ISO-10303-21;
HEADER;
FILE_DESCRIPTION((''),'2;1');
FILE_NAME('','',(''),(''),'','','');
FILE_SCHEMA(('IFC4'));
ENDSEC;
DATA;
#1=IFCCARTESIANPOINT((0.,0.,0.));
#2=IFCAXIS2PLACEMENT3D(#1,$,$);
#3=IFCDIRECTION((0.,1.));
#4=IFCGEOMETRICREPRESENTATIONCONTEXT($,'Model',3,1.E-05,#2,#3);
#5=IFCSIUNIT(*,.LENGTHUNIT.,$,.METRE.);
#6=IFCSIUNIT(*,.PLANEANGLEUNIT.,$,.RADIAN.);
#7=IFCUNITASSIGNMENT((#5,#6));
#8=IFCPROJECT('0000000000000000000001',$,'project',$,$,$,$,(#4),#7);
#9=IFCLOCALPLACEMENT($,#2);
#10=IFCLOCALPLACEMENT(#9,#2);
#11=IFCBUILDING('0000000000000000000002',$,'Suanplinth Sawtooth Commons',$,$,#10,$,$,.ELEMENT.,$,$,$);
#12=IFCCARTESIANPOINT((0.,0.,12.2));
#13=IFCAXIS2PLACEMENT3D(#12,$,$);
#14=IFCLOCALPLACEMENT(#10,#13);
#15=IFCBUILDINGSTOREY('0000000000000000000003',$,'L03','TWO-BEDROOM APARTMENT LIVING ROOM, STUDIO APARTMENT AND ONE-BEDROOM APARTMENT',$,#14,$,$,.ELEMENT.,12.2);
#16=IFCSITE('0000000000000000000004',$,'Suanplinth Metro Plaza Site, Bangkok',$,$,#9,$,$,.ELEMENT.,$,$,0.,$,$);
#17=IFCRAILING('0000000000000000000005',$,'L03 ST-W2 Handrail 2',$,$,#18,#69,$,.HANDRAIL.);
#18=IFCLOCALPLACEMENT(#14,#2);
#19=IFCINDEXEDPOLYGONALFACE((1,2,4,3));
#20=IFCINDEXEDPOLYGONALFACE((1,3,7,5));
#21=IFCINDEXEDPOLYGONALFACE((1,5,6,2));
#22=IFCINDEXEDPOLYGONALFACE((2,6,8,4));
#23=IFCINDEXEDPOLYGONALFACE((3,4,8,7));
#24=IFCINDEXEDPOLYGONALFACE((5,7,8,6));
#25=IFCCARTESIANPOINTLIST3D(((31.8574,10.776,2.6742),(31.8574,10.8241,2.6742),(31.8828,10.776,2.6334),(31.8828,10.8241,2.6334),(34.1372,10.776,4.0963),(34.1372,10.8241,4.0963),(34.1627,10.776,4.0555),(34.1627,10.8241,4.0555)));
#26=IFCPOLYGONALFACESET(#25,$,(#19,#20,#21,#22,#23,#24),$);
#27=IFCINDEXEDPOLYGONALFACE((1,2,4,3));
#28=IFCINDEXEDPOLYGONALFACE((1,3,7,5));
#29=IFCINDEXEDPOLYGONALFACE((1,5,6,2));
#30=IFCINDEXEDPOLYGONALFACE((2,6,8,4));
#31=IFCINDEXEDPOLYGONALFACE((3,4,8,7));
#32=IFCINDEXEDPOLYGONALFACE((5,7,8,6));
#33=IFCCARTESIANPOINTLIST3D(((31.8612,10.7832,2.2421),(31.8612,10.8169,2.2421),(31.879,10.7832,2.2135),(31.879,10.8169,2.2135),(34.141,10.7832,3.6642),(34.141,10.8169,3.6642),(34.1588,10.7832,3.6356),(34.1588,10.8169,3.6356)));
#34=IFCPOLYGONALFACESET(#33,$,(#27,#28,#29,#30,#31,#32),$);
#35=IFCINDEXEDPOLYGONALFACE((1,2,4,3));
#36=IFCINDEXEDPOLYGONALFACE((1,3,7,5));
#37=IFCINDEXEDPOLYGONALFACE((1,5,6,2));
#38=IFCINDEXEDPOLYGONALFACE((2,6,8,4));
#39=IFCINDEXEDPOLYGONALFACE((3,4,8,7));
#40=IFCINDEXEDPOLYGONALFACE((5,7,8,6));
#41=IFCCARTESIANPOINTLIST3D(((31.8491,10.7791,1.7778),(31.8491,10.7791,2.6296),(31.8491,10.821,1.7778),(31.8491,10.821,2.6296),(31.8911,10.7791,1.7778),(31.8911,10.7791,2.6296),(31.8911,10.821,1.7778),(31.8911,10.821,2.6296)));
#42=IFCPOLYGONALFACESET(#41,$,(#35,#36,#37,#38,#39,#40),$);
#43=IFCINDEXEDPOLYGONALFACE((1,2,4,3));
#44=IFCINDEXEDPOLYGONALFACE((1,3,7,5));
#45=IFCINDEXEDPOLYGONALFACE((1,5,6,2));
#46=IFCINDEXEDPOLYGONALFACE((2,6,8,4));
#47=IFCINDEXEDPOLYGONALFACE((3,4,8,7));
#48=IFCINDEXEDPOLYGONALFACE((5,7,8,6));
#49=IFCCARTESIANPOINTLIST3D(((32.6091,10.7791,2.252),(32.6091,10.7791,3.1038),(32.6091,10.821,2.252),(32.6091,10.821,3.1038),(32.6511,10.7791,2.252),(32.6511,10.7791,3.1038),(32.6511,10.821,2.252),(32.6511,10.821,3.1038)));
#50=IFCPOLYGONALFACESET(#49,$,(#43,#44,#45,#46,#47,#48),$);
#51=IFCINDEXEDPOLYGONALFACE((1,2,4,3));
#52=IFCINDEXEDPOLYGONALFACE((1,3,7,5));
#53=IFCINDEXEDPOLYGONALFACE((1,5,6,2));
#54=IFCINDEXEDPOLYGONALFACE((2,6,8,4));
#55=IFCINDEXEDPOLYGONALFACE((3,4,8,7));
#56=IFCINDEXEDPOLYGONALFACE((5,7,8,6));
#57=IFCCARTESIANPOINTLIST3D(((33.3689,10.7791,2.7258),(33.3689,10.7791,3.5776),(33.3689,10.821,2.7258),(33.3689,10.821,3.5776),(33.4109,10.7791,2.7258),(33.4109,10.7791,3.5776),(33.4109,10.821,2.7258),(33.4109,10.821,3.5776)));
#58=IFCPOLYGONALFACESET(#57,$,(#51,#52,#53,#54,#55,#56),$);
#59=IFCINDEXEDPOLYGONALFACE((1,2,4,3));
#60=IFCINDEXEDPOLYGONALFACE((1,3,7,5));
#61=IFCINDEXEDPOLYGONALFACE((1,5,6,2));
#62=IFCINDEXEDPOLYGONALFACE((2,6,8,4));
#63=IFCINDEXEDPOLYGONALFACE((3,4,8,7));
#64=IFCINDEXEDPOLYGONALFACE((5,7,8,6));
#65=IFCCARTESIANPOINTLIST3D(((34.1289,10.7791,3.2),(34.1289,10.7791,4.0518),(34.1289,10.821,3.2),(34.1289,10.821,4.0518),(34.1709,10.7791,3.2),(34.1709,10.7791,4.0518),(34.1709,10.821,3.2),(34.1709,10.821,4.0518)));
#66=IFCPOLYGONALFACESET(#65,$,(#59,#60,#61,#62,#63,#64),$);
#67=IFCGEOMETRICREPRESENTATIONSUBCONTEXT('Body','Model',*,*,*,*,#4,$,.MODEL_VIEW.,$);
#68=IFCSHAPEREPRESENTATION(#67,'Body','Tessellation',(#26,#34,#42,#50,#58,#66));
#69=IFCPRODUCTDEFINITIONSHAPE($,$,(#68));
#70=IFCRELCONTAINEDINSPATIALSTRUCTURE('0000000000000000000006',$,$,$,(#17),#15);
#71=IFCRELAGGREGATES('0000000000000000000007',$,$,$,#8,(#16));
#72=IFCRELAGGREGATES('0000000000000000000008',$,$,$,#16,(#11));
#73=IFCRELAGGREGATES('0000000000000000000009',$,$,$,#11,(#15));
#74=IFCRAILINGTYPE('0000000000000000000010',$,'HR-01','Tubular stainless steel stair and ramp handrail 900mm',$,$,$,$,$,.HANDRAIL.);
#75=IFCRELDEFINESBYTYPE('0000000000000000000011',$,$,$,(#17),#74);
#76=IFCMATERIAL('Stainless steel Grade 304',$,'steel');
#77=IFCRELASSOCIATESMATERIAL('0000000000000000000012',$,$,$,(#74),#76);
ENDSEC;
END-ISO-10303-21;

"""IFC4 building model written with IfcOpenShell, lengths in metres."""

from ifc_helpers import new_model, si_unit, direction, frame, origin, origin_2d, place, context, subcontext, project, spatial, rectangle, extrude, material, type_object, element, save


model = new_model("IFC4")

# Units and contexts
model_context = context("Model", 3, precision=1e-05, world=origin(), true_north=direction((0.0, 1.0)))
body_context = subcontext(model_context, "Body", "Model", "MODEL_VIEW")
ifc_project = project(units=[si_unit("LENGTHUNIT", "METRE"), si_unit("PLANEANGLEUNIT", "RADIAN")], contexts=[model_context])

# Site, building, storey
site_placement = place(None, origin())
site = spatial("IfcSite", under=ifc_project, at=site_placement, Name="Suanplinth Metro Plaza Site, Bangkok", CompositionType="ELEMENT", RefElevation=0.0)
building_placement = place(site_placement, origin())
building = spatial("IfcBuilding", under=site, at=building_placement, Name="Suanplinth Sawtooth Commons", CompositionType="ELEMENT")
storey_placement = place(building_placement, frame((0.0, 0.0, 12.2)))
storey = spatial("IfcBuildingStorey", under=building, at=storey_placement, Name="L03", Description="TWO-BEDROOM APARTMENT LIVING ROOM, STUDIO APARTMENT AND ONE-BEDROOM APARTMENT", CompositionType="ELEMENT", Elevation=12.2)

# Shared definitions
ifc_material_1 = material(Name="Stainless steel Grade 304", Category="steel")

# Railing
railing_type_1 = type_object("IfcRailingType", Name="HR-01", Description="Tubular stainless steel stair and ramp handrail 900mm", PredefinedType="HANDRAIL", material=ifc_material_1)
railing_1_placement = place(storey_placement, frame((31.8701, 10.8, 1.7778)))
element("IfcRailing", 1, at=railing_1_placement, inside=storey, type_object=railing_type_1, Name="L03 ST-W2 Handrail 2", PredefinedType="HANDRAIL", context=body_context, shape_type="SweptSolid", body=[
    extrude(rectangle(XDim=0.0481, YDim=0.0481, at=origin_2d()), frame((0.0, 0.0, 0.876), z_axis=(0.848457, 0.0, 0.529264), x_axis=(0.0, 1.0, 0.0)), (0.0, 0.0, 1.0), 2.687),
    extrude(rectangle(XDim=0.0337, YDim=0.0337, at=origin_2d()), frame((0.0, 0.0, 0.45), z_axis=(0.848457, 0.0, 0.529264), x_axis=(0.0, 1.0, 0.0)), (0.0, 0.0, 1.0), 2.687),
    extrude(rectangle(XDim=0.042, YDim=0.042, at=origin_2d()), origin(), (0.0, 0.0, 1.0), 0.8518),
    extrude(rectangle(XDim=0.042, YDim=0.042, at=origin_2d()), frame((0.76, 0.0, 0.4741)), (0.0, 0.0, 1.0), 0.8518),
    extrude(rectangle(XDim=0.042, YDim=0.042, at=origin_2d()), frame((1.5198, 0.0, 0.948)), (0.0, 0.0, 1.0), 0.8518),
    extrude(rectangle(XDim=0.042, YDim=0.042, at=origin_2d()), frame((2.2798, 0.0, 1.4221)), (0.0, 0.0, 1.0), 0.8518),
])

save(model, "model.ifc")
